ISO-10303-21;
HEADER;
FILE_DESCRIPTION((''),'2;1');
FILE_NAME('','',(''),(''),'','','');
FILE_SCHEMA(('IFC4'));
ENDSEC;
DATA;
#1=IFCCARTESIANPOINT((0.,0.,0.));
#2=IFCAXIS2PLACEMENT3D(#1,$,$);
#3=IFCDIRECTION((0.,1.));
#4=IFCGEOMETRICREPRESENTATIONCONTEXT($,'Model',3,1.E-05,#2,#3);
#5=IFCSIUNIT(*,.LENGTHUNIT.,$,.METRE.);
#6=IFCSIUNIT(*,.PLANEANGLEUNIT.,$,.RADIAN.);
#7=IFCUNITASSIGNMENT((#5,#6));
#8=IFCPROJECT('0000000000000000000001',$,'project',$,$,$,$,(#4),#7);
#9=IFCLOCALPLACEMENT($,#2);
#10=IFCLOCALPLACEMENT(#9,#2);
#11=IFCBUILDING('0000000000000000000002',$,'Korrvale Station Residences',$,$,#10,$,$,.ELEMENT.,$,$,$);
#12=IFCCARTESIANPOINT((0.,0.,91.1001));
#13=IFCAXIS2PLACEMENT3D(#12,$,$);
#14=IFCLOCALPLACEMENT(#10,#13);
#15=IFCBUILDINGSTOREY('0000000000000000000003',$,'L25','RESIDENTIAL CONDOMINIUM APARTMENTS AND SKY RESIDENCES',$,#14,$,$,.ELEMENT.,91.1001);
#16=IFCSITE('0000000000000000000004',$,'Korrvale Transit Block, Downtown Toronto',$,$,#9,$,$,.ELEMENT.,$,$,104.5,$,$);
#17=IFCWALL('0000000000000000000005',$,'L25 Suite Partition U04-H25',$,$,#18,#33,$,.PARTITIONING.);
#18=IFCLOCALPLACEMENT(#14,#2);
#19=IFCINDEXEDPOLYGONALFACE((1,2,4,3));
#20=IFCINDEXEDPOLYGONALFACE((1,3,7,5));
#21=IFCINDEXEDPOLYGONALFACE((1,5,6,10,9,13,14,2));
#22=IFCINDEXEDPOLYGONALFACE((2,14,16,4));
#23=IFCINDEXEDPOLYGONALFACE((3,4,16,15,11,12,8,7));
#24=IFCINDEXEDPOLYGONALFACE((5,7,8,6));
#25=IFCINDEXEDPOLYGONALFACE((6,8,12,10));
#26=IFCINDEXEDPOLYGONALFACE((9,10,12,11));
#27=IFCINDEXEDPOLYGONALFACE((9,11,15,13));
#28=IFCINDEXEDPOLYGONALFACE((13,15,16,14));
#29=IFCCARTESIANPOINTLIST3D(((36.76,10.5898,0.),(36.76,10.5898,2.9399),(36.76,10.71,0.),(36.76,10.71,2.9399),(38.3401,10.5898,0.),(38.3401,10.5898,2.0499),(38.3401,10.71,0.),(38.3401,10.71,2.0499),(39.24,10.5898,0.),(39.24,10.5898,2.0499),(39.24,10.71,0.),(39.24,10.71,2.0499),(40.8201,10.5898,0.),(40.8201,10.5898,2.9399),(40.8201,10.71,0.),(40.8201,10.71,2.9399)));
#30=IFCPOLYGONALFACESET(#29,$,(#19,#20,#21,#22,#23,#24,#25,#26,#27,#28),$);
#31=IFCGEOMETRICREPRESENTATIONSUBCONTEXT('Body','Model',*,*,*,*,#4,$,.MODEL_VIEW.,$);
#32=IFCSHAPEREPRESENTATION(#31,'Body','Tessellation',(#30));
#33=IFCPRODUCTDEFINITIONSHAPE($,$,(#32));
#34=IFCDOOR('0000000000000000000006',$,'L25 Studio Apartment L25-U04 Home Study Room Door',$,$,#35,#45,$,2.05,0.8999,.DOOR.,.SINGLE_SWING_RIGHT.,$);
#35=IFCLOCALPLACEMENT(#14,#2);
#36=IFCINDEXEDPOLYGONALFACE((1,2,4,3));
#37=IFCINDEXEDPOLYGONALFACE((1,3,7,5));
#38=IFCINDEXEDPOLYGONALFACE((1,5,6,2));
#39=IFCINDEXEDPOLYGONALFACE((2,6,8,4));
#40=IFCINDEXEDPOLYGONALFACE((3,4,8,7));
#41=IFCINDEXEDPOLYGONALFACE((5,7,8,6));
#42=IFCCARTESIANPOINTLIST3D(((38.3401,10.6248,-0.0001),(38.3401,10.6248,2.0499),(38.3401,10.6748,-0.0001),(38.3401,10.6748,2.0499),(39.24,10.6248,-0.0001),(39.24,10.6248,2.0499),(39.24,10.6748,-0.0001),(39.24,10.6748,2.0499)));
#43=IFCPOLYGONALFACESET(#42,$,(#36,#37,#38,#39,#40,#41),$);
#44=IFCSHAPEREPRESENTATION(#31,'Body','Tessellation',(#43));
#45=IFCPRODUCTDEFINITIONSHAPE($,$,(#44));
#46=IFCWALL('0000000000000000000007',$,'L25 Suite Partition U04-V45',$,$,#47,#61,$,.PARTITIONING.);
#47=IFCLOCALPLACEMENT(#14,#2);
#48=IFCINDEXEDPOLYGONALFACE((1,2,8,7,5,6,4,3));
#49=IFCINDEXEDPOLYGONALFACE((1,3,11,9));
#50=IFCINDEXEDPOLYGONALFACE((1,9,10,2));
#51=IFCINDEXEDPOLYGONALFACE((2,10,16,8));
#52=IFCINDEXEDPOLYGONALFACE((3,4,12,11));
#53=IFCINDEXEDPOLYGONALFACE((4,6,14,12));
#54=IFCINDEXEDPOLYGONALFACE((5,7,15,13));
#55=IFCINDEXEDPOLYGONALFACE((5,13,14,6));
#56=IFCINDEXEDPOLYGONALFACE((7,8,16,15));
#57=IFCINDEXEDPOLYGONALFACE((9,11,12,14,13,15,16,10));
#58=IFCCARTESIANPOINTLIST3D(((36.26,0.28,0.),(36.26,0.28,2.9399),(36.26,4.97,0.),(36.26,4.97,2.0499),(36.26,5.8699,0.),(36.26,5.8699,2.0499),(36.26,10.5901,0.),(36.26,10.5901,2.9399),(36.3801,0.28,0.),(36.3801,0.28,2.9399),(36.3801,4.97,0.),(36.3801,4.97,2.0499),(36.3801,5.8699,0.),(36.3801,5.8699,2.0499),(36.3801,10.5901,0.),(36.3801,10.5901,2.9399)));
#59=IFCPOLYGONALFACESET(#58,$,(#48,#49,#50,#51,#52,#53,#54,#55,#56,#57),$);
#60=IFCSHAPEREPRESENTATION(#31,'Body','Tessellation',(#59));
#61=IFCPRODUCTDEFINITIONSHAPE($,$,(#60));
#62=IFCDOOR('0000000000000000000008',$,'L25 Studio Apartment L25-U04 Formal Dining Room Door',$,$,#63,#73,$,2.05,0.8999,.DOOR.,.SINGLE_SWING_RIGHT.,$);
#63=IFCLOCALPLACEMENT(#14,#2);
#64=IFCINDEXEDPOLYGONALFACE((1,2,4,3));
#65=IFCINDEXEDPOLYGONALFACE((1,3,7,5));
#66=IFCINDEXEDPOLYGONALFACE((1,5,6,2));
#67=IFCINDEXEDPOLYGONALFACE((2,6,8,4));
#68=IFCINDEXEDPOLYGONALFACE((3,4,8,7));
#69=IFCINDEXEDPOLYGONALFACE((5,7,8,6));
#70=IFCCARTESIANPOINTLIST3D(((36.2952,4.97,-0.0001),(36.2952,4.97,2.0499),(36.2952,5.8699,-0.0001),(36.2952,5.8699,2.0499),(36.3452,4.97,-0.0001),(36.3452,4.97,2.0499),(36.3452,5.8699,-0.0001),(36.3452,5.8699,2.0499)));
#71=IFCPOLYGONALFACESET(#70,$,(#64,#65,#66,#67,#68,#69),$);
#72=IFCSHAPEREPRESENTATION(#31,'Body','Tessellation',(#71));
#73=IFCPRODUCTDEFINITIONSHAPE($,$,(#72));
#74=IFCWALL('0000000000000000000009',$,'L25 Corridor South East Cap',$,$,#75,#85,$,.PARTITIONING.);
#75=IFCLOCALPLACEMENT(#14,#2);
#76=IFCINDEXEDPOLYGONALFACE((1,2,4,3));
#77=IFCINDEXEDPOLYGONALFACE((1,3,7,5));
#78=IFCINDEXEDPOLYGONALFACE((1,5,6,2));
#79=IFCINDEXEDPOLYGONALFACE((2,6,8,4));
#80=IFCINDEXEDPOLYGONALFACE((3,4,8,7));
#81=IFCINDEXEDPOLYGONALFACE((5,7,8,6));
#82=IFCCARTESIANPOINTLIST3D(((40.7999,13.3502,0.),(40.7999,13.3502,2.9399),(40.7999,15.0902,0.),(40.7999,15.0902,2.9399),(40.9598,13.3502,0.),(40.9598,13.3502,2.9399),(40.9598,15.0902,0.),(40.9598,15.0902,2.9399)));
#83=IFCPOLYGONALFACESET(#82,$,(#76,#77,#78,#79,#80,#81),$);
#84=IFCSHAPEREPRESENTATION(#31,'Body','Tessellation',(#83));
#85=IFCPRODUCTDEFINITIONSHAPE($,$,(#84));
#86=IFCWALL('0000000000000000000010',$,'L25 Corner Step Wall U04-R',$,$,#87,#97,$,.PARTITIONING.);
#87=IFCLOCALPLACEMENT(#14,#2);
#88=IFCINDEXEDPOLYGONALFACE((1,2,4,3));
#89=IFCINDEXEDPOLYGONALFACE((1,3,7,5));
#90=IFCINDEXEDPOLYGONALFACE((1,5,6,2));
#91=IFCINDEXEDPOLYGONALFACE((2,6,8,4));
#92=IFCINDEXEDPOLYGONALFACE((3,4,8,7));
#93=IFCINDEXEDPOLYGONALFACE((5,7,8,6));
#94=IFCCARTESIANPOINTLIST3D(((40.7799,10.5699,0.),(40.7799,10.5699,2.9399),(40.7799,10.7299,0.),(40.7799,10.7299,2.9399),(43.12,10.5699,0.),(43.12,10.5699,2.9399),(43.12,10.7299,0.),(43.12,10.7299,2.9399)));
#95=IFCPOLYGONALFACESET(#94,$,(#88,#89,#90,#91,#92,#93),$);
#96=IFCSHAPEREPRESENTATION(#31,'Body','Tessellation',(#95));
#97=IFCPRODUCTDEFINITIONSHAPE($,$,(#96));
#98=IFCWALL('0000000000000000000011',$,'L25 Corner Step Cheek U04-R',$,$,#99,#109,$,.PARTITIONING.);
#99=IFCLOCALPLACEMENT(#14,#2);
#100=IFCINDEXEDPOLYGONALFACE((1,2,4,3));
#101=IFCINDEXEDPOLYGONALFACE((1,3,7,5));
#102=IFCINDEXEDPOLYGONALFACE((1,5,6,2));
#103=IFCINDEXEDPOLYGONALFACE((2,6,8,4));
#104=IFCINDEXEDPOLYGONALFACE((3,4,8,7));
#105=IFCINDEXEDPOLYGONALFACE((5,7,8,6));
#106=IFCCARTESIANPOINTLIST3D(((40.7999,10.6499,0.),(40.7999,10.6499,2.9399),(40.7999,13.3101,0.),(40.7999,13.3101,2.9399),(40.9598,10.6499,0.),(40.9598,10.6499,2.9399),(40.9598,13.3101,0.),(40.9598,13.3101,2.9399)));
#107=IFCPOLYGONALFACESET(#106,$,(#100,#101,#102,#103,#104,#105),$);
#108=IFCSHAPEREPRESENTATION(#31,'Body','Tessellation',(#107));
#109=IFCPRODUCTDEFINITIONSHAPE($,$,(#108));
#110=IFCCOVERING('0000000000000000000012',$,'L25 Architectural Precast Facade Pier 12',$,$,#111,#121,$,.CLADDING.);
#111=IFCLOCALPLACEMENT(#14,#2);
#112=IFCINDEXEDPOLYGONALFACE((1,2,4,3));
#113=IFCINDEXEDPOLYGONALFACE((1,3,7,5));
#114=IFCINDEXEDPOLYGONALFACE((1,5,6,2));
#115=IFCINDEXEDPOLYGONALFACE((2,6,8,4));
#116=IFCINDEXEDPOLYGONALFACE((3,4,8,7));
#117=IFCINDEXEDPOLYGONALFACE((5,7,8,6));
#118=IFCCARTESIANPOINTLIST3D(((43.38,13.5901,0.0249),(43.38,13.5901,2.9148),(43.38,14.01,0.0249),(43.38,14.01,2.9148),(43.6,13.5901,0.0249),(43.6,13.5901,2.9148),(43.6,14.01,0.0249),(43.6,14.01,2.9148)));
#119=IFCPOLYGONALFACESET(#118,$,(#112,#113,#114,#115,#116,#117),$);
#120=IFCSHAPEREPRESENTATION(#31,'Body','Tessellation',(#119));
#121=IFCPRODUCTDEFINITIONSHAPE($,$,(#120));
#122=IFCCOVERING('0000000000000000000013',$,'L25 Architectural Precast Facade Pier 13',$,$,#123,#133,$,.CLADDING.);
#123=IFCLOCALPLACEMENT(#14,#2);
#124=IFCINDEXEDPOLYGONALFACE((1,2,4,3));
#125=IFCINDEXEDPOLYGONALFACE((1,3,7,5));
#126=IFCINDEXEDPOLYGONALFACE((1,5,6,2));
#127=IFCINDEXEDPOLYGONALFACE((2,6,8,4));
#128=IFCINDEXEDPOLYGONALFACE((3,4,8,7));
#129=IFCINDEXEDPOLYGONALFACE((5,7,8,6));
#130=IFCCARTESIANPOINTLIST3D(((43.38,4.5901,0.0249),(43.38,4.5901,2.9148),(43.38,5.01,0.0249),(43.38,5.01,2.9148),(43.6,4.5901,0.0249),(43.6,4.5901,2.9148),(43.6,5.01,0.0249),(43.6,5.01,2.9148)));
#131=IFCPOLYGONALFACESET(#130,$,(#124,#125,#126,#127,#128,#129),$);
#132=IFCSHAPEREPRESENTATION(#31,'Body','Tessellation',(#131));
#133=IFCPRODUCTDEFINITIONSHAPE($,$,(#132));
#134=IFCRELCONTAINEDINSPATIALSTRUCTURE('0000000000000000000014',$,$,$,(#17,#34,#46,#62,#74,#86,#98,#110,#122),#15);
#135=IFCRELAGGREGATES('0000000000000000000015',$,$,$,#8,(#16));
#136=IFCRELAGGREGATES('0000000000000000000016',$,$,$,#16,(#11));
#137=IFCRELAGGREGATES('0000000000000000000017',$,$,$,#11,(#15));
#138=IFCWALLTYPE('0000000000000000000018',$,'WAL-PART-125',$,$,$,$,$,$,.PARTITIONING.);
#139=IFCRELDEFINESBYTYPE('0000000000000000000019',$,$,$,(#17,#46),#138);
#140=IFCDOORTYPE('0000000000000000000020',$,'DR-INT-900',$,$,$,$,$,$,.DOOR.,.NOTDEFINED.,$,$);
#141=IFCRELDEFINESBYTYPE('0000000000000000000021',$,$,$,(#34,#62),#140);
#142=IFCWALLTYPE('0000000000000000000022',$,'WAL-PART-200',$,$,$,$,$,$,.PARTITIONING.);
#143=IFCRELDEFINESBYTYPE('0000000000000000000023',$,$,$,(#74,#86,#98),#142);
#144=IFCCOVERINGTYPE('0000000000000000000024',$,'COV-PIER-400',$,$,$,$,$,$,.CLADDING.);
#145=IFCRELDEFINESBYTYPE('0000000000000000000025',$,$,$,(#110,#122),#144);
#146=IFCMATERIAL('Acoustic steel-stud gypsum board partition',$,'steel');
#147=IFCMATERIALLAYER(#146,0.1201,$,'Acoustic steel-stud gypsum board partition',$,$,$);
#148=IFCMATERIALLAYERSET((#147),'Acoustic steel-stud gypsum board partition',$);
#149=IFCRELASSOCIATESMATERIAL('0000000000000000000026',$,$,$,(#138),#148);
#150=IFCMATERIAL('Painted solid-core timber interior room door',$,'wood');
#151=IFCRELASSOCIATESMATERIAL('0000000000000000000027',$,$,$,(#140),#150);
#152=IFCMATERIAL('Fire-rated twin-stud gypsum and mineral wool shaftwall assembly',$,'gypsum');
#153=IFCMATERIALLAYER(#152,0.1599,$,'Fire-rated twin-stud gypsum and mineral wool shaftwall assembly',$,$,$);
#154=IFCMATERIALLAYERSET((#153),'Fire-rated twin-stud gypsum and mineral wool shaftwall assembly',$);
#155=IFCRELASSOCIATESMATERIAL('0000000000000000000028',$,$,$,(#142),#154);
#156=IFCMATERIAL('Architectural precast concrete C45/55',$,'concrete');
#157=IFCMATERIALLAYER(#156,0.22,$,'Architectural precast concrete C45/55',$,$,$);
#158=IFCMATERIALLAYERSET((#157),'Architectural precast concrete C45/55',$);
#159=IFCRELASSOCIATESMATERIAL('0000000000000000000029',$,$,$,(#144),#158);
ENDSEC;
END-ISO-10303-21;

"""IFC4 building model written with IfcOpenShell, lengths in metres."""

from ifc_helpers import new_model, si_unit, direction, frame, frame_2d, origin, origin_2d, place, context, subcontext, project, spatial, rectangle, extrude, material, layer, layer_set, type_object, element, fill, save


model = new_model("IFC4")

# Units and contexts
model_context = context("Model", 3, precision=1e-05, world=origin(), true_north=direction((0.0, 1.0)))
body_context = subcontext(model_context, "Body", "Model", "MODEL_VIEW")
ifc_project = project(units=[si_unit("LENGTHUNIT", "METRE"), si_unit("PLANEANGLEUNIT", "RADIAN")], contexts=[model_context])

# Site, building, storey
site_placement = place(None, origin())
site = spatial("IfcSite", under=ifc_project, at=site_placement, Name="Korrvale Transit Block, Downtown Toronto", CompositionType="ELEMENT", RefElevation=104.5)
building_placement = place(site_placement, origin())
building = spatial("IfcBuilding", under=site, at=building_placement, Name="Korrvale Station Residences", CompositionType="ELEMENT")
storey_placement = place(building_placement, frame((0.0, 0.0, 91.1001)))
storey = spatial("IfcBuildingStorey", under=building, at=storey_placement, Name="L25", Description="RESIDENTIAL CONDOMINIUM APARTMENTS AND SKY RESIDENCES", CompositionType="ELEMENT", Elevation=91.1001)

# Walls, openings, doors
ifc_material_1 = material(Name="Acoustic steel-stud gypsum board partition", Category="steel")
ifc_layer_1 = layer(ifc_material_1, 0.1201, Name="Acoustic steel-stud gypsum board partition")
ifc_layer_set_1 = layer_set([ifc_layer_1], Name="Acoustic steel-stud gypsum board partition")
wall_type_1 = type_object("IfcWallType", Name="WAL-PART-125", PredefinedType="PARTITIONING", material=ifc_layer_set_1)
ifc_material_2 = material(Name="Painted solid-core timber interior room door", Category="wood")
door_type = type_object("IfcDoorType", Name="DR-INT-900", OperationType="NOTDEFINED", PredefinedType="DOOR", material=ifc_material_2)
wall_1_placement = place(storey_placement, frame((36.76, 10.6499, 0.0), z_axis=(0.0, 0.0, 1.0), x_axis=(1.0, 0.0, 0.0)))
wall_1 = element("IfcWall", 1, at=wall_1_placement, inside=storey, type_object=wall_type_1, Name="L25 Suite Partition U04-H25", PredefinedType="PARTITIONING", context=body_context, shape_type="SweptSolid", body=[
    extrude(rectangle(XDim=4.0601, YDim=0.1201, at=frame_2d((2.03, 0.0))), origin(), (0.0, 0.0, 1.0), 2.9399),
])
opening_1_placement = place(wall_1_placement, frame((1.5801, 0.0, 0.0)))
opening_1 = element("IfcOpeningElement", 2, at=opening_1_placement, cuts=wall_1, PredefinedType="OPENING", context=body_context, shape_type="SweptSolid", body=[
    extrude(rectangle(XDim=0.8999, YDim=2.05, at=frame_2d((0.45, 1.0249))), frame((0.0, 0.0701, 0.0), z_axis=(0.0, -1.0, 0.0), x_axis=(1.0, 0.0, 0.0)), (0.0, 0.0, 1.0), 0.1401),
])
door_1_placement = place(opening_1_placement, origin())
door_1 = element("IfcDoor", 3, at=door_1_placement, inside=storey, type_object=door_type, Name="L25 Studio Apartment L25-U04 Home Study Room Door", OperationType="SINGLE_SWING_RIGHT", OverallHeight=2.05, OverallWidth=0.8999, PredefinedType="DOOR", context=body_context, shape_type="SweptSolid", body=[
    extrude(rectangle(XDim=0.8999, YDim=2.05, at=frame_2d((0.45, 1.0249))), frame((0.0, 0.0249, 0.0), z_axis=(0.0, -1.0, 0.0), x_axis=(1.0, 0.0, 0.0)), (0.0, 0.0, 1.0), 0.05),
])
fill(opening_1, door_1)
wall_2_placement = place(storey_placement, frame((36.3201, 0.28, 0.0), z_axis=(0.0, 0.0, 1.0), x_axis=(0.0, 1.0, 0.0)))
wall_2 = element("IfcWall", 4, at=wall_2_placement, inside=storey, type_object=wall_type_1, Name="L25 Suite Partition U04-V45", PredefinedType="PARTITIONING", context=body_context, shape_type="SweptSolid", body=[
    extrude(rectangle(XDim=10.3101, YDim=0.1201, at=frame_2d((5.155, 0.0))), origin(), (0.0, 0.0, 1.0), 2.9399),
])
opening_2_placement = place(wall_2_placement, frame((4.6899, 0.0, 0.0)))
opening_2 = element("IfcOpeningElement", 5, at=opening_2_placement, cuts=wall_2, PredefinedType="OPENING", context=body_context, shape_type="SweptSolid", body=[
    extrude(rectangle(XDim=0.8999, YDim=2.05, at=frame_2d((0.45, 1.0249))), frame((0.0, 0.0701, 0.0), z_axis=(0.0, -1.0, 0.0), x_axis=(1.0, 0.0, 0.0)), (0.0, 0.0, 1.0), 0.1401),
])
door_2_placement = place(opening_2_placement, origin())
door_2 = element("IfcDoor", 6, at=door_2_placement, inside=storey, type_object=door_type, Name="L25 Studio Apartment L25-U04 Formal Dining Room Door", OperationType="SINGLE_SWING_RIGHT", OverallHeight=2.05, OverallWidth=0.8999, PredefinedType="DOOR", context=body_context, shape_type="SweptSolid", body=[
    extrude(rectangle(XDim=0.8999, YDim=2.05, at=frame_2d((0.45, 1.0249))), frame((0.0, 0.0249, 0.0), z_axis=(0.0, -1.0, 0.0), x_axis=(1.0, 0.0, 0.0)), (0.0, 0.0, 1.0), 0.05),
])
fill(opening_2, door_2)

# Walls
ifc_material_3 = material(Name="Fire-rated twin-stud gypsum and mineral wool shaftwall assembly", Category="gypsum")
ifc_layer_2 = layer(ifc_material_3, 0.1599, Name="Fire-rated twin-stud gypsum and mineral wool shaftwall assembly")
ifc_layer_set_2 = layer_set([ifc_layer_2], Name="Fire-rated twin-stud gypsum and mineral wool shaftwall assembly")
wall_type_2 = type_object("IfcWallType", Name="WAL-PART-200", PredefinedType="PARTITIONING", material=ifc_layer_set_2)
wall_3_placement = place(storey_placement, frame((40.8799, 13.3501, 0.0), z_axis=(0.0, 0.0, 1.0), x_axis=(0.0, 1.0, 0.0)))
element("IfcWall", 7, at=wall_3_placement, inside=storey, type_object=wall_type_2, Name="L25 Corridor South East Cap", PredefinedType="PARTITIONING", context=body_context, shape_type="SweptSolid", body=[
    extrude(rectangle(XDim=1.74, YDim=0.1599, at=frame_2d((0.8701, 0.0))), origin(), (0.0, 0.0, 1.0), 2.9399),
])
wall_4_placement = place(storey_placement, frame((40.78, 10.6499, 0.0), z_axis=(0.0, 0.0, 1.0), x_axis=(1.0, 0.0, 0.0)))
element("IfcWall", 8, at=wall_4_placement, inside=storey, type_object=wall_type_2, Name="L25 Corner Step Wall U04-R", PredefinedType="PARTITIONING", context=body_context, shape_type="SweptSolid", body=[
    extrude(rectangle(XDim=2.3401, YDim=0.1599, at=frame_2d((1.1699, 0.0))), origin(), (0.0, 0.0, 1.0), 2.9399),
])
wall_5_placement = place(storey_placement, frame((40.8799, 10.6499, 0.0), z_axis=(0.0, 0.0, 1.0), x_axis=(0.0, 1.0, 0.0)))
element("IfcWall", 9, at=wall_5_placement, inside=storey, type_object=wall_type_2, Name="L25 Corner Step Cheek U04-R", PredefinedType="PARTITIONING", context=body_context, shape_type="SweptSolid", body=[
    extrude(rectangle(XDim=2.6602, YDim=0.1599, at=frame_2d((1.3301, 0.0))), origin(), (0.0, 0.0, 1.0), 2.9399),
])

# Coverings
ifc_material_4 = material(Name="Architectural precast concrete C45/55", Category="concrete")
ifc_layer_3 = layer(ifc_material_4, 0.22, Name="Architectural precast concrete C45/55")
ifc_layer_set_3 = layer_set([ifc_layer_3], Name="Architectural precast concrete C45/55")
covering_type = type_object("IfcCoveringType", Name="COV-PIER-400", PredefinedType="CLADDING", material=ifc_layer_set_3)
for number, where, z_axis, x_axis, name in (
    (10, (43.49, 13.8, 0.0249), (0.0, 0.0, 1.0), (0.0, 1.0, 0.0), "L25 Architectural Precast Facade Pier 12"),
    (11, (43.49, 4.8, 0.0249), (0.0, 0.0, 1.0), (0.0, 1.0, 0.0), "L25 Architectural Precast Facade Pier 13"),
):
    element("IfcCovering", number, at=place(storey_placement, frame(where, z_axis=z_axis, x_axis=x_axis)), inside=storey, type_object=covering_type, Name=name, PredefinedType="CLADDING", context=body_context, shape_type="SweptSolid", body=[
        extrude(rectangle(XDim=0.4199, YDim=0.22, at=origin_2d()), origin(), (0.0, 0.0, 1.0), 2.8899),
    ])

save(model, "model.ifc")
